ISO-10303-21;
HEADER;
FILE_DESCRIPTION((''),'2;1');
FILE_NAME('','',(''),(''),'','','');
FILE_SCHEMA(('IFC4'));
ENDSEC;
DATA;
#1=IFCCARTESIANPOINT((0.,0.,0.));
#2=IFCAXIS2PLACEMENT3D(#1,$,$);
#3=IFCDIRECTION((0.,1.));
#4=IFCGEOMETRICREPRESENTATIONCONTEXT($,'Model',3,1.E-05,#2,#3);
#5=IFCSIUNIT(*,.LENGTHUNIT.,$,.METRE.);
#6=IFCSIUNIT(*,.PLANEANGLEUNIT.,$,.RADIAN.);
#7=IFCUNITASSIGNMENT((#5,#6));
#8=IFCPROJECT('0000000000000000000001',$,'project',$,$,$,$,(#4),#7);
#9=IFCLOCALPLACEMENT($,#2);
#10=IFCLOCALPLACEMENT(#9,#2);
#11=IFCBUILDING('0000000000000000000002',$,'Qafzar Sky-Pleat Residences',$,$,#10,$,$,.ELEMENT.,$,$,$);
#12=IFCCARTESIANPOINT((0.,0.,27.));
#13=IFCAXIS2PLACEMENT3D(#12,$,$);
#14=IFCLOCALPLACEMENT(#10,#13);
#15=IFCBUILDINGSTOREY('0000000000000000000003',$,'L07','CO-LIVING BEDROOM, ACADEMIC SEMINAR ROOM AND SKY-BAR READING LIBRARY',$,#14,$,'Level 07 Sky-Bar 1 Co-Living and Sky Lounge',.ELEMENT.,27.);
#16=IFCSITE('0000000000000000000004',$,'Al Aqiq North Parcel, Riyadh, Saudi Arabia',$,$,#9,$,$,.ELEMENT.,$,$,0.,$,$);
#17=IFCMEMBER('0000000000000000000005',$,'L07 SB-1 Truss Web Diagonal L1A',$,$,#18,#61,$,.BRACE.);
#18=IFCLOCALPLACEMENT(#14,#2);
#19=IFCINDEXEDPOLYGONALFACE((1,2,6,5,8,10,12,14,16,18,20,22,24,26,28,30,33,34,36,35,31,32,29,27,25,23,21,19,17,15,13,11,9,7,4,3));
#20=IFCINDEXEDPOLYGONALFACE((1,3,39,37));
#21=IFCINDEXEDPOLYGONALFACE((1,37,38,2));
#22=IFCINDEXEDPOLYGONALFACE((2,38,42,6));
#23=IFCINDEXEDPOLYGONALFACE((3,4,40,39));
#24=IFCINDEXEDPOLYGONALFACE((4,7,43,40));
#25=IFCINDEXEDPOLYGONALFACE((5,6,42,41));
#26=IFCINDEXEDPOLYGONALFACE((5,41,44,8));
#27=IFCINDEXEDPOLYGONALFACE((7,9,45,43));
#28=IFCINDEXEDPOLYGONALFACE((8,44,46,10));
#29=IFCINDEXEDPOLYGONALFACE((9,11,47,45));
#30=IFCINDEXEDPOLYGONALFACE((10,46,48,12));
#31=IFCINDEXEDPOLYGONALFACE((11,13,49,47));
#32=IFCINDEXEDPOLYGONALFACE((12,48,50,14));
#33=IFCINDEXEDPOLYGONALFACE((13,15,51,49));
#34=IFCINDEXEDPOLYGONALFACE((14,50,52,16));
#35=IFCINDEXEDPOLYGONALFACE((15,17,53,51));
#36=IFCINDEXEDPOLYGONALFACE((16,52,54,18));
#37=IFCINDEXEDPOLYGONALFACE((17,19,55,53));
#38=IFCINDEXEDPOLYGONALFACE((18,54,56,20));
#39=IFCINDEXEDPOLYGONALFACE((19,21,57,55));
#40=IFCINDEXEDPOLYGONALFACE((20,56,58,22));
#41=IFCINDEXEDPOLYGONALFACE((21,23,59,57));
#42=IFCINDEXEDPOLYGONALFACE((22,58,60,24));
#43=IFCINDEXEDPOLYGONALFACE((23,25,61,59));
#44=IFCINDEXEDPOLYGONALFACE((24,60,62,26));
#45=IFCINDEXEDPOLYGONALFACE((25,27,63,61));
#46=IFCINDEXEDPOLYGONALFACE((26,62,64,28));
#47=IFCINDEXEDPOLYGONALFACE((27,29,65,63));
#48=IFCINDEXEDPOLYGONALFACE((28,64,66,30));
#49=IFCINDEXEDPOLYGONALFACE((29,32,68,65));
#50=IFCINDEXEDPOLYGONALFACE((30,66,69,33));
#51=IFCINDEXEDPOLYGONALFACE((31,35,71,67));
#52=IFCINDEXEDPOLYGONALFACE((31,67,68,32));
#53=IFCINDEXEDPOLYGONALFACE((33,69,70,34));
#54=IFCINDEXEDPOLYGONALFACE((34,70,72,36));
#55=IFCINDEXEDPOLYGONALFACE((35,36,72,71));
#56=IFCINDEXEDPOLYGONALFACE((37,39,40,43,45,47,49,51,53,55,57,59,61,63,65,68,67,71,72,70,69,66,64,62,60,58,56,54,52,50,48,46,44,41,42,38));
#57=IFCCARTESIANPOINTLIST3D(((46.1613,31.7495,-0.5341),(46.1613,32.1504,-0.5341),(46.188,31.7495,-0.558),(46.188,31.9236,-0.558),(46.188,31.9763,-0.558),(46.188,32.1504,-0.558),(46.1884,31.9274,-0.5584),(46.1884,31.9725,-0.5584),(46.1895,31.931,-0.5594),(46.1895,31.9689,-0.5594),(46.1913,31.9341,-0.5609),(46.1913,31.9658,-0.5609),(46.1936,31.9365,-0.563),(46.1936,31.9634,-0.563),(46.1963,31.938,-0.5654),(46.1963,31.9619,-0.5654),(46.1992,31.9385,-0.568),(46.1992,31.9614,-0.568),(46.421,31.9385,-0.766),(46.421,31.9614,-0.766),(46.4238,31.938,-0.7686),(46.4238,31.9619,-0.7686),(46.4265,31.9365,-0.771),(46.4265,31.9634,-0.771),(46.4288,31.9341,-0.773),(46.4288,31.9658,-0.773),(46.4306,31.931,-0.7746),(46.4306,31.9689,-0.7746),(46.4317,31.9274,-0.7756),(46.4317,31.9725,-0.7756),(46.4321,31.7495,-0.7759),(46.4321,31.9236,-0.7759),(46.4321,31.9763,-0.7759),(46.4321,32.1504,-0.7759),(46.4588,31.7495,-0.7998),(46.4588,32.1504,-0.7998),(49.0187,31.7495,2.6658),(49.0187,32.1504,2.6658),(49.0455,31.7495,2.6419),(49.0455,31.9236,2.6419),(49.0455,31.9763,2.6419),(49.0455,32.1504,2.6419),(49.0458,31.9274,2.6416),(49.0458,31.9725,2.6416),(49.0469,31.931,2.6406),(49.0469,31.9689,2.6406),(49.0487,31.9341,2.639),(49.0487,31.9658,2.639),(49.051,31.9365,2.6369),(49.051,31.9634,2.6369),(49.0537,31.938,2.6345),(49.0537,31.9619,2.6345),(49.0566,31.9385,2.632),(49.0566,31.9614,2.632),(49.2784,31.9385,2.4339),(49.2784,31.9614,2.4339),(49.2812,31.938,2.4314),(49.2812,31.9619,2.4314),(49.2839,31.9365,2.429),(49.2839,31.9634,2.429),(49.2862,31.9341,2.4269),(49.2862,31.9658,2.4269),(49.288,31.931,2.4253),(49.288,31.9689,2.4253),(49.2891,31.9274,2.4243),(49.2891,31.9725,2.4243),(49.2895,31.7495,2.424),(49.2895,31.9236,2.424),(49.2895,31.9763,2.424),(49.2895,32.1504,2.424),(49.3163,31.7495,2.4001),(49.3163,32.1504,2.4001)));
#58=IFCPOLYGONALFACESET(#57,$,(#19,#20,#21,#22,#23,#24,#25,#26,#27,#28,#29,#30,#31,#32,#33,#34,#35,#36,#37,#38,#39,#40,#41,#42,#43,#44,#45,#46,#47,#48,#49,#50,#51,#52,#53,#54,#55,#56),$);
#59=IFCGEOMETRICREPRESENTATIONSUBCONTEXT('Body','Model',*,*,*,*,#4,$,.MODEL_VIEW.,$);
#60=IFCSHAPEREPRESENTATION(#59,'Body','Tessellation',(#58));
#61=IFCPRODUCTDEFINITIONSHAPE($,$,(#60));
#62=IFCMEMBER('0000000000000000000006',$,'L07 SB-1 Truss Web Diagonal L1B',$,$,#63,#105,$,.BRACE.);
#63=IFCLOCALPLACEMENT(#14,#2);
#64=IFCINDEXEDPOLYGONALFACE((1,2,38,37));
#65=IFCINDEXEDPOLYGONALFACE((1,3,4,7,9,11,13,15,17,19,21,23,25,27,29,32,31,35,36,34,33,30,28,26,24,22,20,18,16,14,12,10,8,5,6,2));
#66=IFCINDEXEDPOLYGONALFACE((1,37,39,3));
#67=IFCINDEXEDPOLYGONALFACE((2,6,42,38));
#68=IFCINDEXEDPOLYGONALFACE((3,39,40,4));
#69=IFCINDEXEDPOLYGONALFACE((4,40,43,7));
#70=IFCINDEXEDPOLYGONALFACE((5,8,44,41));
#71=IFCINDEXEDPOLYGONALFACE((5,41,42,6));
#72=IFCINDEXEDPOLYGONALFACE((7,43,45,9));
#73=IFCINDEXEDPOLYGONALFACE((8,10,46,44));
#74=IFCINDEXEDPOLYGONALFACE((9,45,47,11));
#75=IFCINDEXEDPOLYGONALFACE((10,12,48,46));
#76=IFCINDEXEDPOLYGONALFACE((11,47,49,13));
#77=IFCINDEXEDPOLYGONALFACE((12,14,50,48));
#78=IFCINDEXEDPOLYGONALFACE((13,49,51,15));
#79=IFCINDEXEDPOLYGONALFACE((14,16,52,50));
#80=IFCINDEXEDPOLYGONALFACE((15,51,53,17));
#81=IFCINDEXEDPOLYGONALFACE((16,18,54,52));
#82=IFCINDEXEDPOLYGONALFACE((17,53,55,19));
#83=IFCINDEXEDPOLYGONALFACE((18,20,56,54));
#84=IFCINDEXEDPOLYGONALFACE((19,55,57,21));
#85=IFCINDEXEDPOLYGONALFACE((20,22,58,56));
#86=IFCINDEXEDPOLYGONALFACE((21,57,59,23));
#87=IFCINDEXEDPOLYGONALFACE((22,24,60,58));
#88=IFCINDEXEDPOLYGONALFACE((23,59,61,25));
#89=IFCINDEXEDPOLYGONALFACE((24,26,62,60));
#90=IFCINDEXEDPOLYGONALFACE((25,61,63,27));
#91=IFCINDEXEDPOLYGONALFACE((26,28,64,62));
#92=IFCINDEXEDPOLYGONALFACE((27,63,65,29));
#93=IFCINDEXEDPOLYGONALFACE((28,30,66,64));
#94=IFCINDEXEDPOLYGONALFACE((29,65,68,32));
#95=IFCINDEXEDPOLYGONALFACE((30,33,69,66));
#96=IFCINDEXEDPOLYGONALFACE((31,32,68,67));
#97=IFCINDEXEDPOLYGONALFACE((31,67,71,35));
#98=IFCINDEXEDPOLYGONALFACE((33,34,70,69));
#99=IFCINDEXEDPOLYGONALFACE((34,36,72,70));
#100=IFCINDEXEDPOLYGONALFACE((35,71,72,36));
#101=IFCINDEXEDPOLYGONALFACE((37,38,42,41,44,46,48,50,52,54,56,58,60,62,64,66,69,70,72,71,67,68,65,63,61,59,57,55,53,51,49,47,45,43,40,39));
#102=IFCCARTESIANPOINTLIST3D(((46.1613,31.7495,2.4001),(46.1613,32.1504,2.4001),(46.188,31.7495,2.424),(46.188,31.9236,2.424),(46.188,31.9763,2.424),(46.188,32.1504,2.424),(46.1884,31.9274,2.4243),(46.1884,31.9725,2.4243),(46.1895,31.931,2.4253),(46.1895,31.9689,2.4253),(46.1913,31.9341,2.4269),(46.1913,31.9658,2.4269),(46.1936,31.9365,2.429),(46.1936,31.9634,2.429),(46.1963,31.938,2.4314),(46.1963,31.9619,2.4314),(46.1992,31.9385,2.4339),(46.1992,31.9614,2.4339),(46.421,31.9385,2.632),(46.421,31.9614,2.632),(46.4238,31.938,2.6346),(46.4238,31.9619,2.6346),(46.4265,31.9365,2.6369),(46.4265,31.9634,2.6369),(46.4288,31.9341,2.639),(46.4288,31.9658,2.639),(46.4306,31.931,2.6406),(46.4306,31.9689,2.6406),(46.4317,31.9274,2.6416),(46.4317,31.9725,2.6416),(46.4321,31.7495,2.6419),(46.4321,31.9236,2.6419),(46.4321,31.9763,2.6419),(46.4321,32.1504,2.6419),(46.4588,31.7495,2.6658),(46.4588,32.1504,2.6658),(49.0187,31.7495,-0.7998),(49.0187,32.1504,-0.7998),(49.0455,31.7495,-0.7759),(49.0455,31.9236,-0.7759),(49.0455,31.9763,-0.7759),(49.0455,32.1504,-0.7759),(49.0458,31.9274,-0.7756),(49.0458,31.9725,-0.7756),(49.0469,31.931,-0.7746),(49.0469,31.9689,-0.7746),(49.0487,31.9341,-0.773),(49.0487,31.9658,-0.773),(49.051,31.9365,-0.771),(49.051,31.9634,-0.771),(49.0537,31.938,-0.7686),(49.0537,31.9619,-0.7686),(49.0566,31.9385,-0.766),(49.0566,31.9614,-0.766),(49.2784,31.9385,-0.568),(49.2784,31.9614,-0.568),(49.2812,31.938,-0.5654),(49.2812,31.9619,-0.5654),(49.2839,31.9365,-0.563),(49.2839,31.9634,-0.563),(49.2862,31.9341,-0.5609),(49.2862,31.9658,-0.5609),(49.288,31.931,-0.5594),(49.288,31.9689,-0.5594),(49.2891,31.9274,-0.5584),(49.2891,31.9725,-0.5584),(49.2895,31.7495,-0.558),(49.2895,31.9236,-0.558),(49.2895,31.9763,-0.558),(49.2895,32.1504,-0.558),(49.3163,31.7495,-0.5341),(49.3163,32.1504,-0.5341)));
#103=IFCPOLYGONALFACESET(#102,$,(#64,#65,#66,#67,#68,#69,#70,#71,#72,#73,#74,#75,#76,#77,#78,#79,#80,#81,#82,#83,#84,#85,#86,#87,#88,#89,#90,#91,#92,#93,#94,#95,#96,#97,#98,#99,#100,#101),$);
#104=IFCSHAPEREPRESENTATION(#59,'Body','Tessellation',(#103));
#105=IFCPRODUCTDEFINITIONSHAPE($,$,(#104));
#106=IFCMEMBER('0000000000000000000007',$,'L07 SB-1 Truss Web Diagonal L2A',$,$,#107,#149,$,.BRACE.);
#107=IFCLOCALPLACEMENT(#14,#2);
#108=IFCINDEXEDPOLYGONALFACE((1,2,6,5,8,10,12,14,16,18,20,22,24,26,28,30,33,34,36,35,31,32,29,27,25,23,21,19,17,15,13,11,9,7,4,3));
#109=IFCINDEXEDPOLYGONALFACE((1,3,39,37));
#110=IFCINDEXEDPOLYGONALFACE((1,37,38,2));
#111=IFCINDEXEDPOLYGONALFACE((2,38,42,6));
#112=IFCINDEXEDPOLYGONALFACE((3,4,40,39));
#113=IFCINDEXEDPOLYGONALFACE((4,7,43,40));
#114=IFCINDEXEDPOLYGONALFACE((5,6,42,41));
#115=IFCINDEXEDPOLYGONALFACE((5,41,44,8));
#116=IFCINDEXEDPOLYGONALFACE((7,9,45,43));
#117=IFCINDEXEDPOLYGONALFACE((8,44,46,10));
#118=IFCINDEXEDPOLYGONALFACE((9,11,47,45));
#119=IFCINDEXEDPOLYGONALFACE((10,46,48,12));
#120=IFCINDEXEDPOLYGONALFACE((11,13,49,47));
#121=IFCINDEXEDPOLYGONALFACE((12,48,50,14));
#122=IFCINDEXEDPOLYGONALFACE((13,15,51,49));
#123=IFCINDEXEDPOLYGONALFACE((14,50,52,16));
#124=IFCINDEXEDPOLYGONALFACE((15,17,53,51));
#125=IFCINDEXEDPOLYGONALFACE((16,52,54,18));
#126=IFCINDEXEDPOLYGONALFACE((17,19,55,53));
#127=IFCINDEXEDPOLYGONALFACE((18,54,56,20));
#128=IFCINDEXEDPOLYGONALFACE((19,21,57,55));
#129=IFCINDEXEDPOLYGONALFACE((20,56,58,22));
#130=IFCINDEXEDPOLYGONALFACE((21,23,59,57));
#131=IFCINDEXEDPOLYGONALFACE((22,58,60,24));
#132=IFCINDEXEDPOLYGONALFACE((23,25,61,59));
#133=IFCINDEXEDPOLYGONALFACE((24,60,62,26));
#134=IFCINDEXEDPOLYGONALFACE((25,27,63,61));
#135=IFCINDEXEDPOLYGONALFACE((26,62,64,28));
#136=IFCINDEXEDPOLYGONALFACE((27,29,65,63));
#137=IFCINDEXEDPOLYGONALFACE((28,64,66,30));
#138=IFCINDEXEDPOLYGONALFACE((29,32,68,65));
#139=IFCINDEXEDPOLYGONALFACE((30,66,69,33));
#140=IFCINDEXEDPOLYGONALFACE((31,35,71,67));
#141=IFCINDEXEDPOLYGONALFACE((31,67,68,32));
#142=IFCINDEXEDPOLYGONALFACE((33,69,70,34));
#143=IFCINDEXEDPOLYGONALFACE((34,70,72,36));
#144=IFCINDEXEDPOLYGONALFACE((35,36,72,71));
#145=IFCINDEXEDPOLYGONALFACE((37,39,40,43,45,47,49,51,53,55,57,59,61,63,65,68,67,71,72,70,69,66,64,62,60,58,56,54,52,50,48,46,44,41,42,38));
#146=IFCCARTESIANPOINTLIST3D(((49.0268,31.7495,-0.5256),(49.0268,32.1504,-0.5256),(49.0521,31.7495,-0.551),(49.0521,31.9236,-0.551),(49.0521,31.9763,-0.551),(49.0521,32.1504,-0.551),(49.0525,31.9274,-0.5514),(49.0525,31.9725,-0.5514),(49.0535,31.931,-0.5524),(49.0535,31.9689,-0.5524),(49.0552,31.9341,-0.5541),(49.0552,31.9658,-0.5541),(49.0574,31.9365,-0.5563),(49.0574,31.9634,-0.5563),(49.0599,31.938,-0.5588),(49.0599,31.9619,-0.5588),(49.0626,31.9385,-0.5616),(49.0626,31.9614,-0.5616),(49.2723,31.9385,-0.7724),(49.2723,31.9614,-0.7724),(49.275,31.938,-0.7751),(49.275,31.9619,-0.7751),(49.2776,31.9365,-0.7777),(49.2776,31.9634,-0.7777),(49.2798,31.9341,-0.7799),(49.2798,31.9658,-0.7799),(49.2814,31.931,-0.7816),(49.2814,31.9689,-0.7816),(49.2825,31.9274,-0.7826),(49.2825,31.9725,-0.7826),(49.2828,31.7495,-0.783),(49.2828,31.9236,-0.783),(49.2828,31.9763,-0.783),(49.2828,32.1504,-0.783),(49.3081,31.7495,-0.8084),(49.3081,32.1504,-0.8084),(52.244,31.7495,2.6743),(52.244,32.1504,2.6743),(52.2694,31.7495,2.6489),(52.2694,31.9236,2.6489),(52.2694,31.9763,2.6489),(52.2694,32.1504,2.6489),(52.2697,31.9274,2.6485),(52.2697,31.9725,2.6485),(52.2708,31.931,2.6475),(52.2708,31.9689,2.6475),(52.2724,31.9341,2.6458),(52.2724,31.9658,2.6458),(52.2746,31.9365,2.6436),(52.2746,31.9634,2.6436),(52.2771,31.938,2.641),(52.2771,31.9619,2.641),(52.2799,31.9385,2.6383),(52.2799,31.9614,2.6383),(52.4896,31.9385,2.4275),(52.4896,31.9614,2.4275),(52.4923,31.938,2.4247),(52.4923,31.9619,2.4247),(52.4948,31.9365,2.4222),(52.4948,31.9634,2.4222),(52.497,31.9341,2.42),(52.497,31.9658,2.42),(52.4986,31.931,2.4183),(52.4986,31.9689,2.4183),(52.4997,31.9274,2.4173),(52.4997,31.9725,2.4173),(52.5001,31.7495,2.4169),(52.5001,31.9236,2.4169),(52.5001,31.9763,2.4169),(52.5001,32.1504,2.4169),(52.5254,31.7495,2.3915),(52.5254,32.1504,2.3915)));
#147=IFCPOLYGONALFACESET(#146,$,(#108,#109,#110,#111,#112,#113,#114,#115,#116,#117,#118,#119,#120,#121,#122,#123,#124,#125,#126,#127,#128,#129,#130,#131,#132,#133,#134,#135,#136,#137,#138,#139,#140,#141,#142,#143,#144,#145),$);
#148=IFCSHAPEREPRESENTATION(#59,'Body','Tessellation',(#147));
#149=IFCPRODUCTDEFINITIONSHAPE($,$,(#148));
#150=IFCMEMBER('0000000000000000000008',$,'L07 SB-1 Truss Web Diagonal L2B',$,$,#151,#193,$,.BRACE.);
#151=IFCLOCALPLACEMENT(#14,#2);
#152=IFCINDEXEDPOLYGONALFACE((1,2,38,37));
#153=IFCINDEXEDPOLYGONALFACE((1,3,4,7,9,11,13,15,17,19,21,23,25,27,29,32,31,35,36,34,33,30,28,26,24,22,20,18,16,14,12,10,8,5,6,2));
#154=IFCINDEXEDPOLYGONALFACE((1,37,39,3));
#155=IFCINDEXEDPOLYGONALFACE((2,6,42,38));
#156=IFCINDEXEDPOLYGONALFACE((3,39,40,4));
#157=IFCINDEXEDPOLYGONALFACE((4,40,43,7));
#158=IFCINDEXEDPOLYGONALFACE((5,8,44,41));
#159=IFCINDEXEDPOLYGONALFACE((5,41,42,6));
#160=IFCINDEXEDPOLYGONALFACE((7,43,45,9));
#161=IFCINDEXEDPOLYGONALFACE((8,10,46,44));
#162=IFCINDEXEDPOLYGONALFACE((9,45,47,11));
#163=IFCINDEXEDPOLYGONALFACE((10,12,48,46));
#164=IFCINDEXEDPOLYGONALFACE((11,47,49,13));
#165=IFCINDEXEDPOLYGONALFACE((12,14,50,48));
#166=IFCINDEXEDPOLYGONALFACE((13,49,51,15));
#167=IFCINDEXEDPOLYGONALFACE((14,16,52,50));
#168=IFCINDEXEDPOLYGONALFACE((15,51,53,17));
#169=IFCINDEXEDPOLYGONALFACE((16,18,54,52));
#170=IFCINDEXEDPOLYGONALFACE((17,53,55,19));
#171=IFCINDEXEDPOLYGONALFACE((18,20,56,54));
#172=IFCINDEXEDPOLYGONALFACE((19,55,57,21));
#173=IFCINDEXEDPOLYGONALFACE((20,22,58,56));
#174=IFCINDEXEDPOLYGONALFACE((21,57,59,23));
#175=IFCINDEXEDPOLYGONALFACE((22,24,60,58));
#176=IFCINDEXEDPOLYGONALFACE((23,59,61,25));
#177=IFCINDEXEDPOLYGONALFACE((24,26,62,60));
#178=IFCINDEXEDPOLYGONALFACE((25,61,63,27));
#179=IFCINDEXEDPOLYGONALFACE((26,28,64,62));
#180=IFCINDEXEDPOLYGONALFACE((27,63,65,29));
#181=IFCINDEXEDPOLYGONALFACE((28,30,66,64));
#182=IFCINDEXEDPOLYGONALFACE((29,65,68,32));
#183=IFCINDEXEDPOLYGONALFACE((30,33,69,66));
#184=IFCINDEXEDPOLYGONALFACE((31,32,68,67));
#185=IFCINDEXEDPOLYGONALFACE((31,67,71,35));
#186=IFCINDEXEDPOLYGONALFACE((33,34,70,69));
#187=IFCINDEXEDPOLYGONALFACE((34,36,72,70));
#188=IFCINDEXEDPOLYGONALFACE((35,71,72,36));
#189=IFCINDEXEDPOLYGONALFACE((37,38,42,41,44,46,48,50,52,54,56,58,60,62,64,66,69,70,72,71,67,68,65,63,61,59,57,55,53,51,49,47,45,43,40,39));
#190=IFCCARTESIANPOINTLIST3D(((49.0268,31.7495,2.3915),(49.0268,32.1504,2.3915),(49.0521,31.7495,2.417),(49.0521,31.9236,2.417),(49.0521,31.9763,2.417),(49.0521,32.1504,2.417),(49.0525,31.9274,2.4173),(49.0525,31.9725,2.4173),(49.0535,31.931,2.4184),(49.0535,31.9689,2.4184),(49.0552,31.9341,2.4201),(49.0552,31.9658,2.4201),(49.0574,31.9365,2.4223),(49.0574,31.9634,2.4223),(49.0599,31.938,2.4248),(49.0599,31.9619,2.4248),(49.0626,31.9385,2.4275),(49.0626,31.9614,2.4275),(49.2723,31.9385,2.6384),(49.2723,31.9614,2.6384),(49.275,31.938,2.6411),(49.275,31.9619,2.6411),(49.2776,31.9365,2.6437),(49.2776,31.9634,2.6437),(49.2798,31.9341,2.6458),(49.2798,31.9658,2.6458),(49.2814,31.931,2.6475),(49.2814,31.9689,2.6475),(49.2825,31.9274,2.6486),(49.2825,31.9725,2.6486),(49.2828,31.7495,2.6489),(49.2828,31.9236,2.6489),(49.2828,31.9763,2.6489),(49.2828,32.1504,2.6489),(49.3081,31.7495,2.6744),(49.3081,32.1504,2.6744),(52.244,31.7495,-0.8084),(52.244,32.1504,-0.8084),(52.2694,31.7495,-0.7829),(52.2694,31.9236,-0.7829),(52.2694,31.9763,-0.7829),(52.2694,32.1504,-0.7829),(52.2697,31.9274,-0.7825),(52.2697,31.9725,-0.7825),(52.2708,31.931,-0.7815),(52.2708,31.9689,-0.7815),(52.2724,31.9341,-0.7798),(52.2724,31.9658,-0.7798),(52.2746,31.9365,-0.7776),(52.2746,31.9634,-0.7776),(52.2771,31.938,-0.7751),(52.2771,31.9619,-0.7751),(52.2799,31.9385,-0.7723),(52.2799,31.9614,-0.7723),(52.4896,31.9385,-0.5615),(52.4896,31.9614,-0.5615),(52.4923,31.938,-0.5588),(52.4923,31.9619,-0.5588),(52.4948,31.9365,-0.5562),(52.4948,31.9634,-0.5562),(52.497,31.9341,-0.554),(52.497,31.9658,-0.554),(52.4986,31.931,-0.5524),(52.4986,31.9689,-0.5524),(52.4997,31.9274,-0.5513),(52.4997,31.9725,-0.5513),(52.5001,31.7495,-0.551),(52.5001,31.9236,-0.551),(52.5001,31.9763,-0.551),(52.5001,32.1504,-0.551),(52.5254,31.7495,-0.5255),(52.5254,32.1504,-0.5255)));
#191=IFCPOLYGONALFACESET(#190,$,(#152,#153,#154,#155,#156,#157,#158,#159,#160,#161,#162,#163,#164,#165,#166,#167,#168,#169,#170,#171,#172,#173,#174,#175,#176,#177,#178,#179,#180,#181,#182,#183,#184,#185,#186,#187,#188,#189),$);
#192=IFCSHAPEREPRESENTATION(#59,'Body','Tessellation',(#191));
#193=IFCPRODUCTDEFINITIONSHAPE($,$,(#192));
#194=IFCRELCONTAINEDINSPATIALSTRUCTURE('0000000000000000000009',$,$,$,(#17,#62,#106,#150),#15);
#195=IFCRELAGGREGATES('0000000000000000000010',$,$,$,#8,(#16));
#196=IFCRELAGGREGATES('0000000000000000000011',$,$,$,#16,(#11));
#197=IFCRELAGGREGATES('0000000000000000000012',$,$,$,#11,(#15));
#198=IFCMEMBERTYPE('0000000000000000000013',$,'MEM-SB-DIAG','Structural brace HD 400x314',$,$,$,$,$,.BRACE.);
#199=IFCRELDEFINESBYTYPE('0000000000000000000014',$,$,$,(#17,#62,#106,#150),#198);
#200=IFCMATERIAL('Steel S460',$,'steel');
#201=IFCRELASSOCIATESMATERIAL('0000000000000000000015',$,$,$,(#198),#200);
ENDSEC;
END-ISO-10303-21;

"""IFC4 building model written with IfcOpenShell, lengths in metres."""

from ifc_helpers import new_model, si_unit, direction, frame, origin, origin_2d, place, context, subcontext, project, spatial, i_section, extrude, source, transform, mapped, material, material_profile, profile_set, type_object, element, save


model = new_model("IFC4")

# Units and contexts
model_context = context("Model", 3, precision=1e-05, world=origin(), true_north=direction((0.0, 1.0)))
body_context = subcontext(model_context, "Body", "Model", "MODEL_VIEW")
ifc_project = project(units=[si_unit("LENGTHUNIT", "METRE"), si_unit("PLANEANGLEUNIT", "RADIAN")], contexts=[model_context])

# Site, building, storey
site_placement = place(None, origin())
site = spatial("IfcSite", under=ifc_project, at=site_placement, Name="Al Aqiq North Parcel, Riyadh, Saudi Arabia", CompositionType="ELEMENT", RefElevation=0.0)
building_placement = place(site_placement, origin())
building = spatial("IfcBuilding", under=site, at=building_placement, Name="Qafzar Sky-Pleat Residences", CompositionType="ELEMENT")
storey_placement = place(building_placement, frame((0.0, 0.0, 27.0)))
storey = spatial("IfcBuildingStorey", under=building, at=storey_placement, Name="L07", Description="CO-LIVING BEDROOM, ACADEMIC SEMINAR ROOM AND SKY-BAR READING LIBRARY", LongName="Level 07 Sky-Bar 1 Co-Living and Sky Lounge", CompositionType="ELEMENT", Elevation=27.0)

# Shared definitions
ifc_material_1 = material(Name="Steel S460", Category="steel")

# Members
ifc_material_profile_1 = material_profile(ifc_material_1, i_section(OverallWidth=0.4009, OverallDepth=0.3989, WebThickness=0.0229, FlangeThickness=0.0359, FilletRadius=0.0149, at=origin_2d()), Name="HD 400x314")
ifc_profile_set_1 = profile_set([ifc_material_profile_1], Name="Steel S460")
member_type_1 = type_object("IfcMemberType", Name="MEM-SB-DIAG", Description="Structural brace HD 400x314", PredefinedType="BRACE", material=ifc_profile_set_1)
shared_shape_1 = source(origin(), body_context, "Body", "SweptSolid", [
    extrude(i_section(OverallWidth=0.4009, OverallDepth=0.3989, WebThickness=0.0229, FlangeThickness=0.0359, FilletRadius=0.0149, at=origin_2d()), origin(), (0.0, 0.0, 1.0), 4.29),
])
for number, where, z_axis, x_axis, name in (
    (1, (46.3101, 31.95, -0.667), (0.666058, 0.0, 0.7459), (0.0, 1.0, 0.0), "L07 SB-1 Truss Web Diagonal L1A"),
    (2, (46.3101, 31.95, 2.533), (0.666058, 0.0, -0.7459), (0.0, 1.0, 0.0), "L07 SB-1 Truss Web Diagonal L1B"),
):
    element("IfcMember", number, at=place(storey_placement, frame(where, z_axis=z_axis, x_axis=x_axis)), inside=storey, type_object=member_type_1, Name=name, PredefinedType="BRACE", context=body_context, shape_type="MappedRepresentation", body=[
        mapped(shared_shape_1, transform((0.0, 0.0, 0.0), x_axis=(1.0, 0.0, 0.0), y_axis=(0.0, 1.0, 0.0), z_axis=(0.0, 0.0, 1.0), scale=1.0)),
    ])
shared_shape_2 = source(origin(), body_context, "Body", "SweptSolid", [
    extrude(i_section(OverallWidth=0.4009, OverallDepth=0.3989, WebThickness=0.0229, FlangeThickness=0.0359, FilletRadius=0.0149, at=origin_2d()), origin(), (0.0, 0.0, 1.0), 4.5376),
])
for number, where, z_axis, x_axis, name in (
    (3, (49.1675, 31.95, -0.667), (0.709014, 0.0, 0.705194), (0.0, 1.0, 0.0), "L07 SB-1 Truss Web Diagonal L2A"),
    (4, (49.1675, 31.95, 2.533), (0.709014, 0.0, -0.705194), (0.0, 1.0, 0.0), "L07 SB-1 Truss Web Diagonal L2B"),
):
    element("IfcMember", number, at=place(storey_placement, frame(where, z_axis=z_axis, x_axis=x_axis)), inside=storey, type_object=member_type_1, Name=name, PredefinedType="BRACE", context=body_context, shape_type="MappedRepresentation", body=[
        mapped(shared_shape_2, transform((0.0, 0.0, 0.0), x_axis=(1.0, 0.0, 0.0), y_axis=(0.0, 1.0, 0.0), z_axis=(0.0, 0.0, 1.0), scale=1.0)),
    ])

save(model, "model.ifc")
